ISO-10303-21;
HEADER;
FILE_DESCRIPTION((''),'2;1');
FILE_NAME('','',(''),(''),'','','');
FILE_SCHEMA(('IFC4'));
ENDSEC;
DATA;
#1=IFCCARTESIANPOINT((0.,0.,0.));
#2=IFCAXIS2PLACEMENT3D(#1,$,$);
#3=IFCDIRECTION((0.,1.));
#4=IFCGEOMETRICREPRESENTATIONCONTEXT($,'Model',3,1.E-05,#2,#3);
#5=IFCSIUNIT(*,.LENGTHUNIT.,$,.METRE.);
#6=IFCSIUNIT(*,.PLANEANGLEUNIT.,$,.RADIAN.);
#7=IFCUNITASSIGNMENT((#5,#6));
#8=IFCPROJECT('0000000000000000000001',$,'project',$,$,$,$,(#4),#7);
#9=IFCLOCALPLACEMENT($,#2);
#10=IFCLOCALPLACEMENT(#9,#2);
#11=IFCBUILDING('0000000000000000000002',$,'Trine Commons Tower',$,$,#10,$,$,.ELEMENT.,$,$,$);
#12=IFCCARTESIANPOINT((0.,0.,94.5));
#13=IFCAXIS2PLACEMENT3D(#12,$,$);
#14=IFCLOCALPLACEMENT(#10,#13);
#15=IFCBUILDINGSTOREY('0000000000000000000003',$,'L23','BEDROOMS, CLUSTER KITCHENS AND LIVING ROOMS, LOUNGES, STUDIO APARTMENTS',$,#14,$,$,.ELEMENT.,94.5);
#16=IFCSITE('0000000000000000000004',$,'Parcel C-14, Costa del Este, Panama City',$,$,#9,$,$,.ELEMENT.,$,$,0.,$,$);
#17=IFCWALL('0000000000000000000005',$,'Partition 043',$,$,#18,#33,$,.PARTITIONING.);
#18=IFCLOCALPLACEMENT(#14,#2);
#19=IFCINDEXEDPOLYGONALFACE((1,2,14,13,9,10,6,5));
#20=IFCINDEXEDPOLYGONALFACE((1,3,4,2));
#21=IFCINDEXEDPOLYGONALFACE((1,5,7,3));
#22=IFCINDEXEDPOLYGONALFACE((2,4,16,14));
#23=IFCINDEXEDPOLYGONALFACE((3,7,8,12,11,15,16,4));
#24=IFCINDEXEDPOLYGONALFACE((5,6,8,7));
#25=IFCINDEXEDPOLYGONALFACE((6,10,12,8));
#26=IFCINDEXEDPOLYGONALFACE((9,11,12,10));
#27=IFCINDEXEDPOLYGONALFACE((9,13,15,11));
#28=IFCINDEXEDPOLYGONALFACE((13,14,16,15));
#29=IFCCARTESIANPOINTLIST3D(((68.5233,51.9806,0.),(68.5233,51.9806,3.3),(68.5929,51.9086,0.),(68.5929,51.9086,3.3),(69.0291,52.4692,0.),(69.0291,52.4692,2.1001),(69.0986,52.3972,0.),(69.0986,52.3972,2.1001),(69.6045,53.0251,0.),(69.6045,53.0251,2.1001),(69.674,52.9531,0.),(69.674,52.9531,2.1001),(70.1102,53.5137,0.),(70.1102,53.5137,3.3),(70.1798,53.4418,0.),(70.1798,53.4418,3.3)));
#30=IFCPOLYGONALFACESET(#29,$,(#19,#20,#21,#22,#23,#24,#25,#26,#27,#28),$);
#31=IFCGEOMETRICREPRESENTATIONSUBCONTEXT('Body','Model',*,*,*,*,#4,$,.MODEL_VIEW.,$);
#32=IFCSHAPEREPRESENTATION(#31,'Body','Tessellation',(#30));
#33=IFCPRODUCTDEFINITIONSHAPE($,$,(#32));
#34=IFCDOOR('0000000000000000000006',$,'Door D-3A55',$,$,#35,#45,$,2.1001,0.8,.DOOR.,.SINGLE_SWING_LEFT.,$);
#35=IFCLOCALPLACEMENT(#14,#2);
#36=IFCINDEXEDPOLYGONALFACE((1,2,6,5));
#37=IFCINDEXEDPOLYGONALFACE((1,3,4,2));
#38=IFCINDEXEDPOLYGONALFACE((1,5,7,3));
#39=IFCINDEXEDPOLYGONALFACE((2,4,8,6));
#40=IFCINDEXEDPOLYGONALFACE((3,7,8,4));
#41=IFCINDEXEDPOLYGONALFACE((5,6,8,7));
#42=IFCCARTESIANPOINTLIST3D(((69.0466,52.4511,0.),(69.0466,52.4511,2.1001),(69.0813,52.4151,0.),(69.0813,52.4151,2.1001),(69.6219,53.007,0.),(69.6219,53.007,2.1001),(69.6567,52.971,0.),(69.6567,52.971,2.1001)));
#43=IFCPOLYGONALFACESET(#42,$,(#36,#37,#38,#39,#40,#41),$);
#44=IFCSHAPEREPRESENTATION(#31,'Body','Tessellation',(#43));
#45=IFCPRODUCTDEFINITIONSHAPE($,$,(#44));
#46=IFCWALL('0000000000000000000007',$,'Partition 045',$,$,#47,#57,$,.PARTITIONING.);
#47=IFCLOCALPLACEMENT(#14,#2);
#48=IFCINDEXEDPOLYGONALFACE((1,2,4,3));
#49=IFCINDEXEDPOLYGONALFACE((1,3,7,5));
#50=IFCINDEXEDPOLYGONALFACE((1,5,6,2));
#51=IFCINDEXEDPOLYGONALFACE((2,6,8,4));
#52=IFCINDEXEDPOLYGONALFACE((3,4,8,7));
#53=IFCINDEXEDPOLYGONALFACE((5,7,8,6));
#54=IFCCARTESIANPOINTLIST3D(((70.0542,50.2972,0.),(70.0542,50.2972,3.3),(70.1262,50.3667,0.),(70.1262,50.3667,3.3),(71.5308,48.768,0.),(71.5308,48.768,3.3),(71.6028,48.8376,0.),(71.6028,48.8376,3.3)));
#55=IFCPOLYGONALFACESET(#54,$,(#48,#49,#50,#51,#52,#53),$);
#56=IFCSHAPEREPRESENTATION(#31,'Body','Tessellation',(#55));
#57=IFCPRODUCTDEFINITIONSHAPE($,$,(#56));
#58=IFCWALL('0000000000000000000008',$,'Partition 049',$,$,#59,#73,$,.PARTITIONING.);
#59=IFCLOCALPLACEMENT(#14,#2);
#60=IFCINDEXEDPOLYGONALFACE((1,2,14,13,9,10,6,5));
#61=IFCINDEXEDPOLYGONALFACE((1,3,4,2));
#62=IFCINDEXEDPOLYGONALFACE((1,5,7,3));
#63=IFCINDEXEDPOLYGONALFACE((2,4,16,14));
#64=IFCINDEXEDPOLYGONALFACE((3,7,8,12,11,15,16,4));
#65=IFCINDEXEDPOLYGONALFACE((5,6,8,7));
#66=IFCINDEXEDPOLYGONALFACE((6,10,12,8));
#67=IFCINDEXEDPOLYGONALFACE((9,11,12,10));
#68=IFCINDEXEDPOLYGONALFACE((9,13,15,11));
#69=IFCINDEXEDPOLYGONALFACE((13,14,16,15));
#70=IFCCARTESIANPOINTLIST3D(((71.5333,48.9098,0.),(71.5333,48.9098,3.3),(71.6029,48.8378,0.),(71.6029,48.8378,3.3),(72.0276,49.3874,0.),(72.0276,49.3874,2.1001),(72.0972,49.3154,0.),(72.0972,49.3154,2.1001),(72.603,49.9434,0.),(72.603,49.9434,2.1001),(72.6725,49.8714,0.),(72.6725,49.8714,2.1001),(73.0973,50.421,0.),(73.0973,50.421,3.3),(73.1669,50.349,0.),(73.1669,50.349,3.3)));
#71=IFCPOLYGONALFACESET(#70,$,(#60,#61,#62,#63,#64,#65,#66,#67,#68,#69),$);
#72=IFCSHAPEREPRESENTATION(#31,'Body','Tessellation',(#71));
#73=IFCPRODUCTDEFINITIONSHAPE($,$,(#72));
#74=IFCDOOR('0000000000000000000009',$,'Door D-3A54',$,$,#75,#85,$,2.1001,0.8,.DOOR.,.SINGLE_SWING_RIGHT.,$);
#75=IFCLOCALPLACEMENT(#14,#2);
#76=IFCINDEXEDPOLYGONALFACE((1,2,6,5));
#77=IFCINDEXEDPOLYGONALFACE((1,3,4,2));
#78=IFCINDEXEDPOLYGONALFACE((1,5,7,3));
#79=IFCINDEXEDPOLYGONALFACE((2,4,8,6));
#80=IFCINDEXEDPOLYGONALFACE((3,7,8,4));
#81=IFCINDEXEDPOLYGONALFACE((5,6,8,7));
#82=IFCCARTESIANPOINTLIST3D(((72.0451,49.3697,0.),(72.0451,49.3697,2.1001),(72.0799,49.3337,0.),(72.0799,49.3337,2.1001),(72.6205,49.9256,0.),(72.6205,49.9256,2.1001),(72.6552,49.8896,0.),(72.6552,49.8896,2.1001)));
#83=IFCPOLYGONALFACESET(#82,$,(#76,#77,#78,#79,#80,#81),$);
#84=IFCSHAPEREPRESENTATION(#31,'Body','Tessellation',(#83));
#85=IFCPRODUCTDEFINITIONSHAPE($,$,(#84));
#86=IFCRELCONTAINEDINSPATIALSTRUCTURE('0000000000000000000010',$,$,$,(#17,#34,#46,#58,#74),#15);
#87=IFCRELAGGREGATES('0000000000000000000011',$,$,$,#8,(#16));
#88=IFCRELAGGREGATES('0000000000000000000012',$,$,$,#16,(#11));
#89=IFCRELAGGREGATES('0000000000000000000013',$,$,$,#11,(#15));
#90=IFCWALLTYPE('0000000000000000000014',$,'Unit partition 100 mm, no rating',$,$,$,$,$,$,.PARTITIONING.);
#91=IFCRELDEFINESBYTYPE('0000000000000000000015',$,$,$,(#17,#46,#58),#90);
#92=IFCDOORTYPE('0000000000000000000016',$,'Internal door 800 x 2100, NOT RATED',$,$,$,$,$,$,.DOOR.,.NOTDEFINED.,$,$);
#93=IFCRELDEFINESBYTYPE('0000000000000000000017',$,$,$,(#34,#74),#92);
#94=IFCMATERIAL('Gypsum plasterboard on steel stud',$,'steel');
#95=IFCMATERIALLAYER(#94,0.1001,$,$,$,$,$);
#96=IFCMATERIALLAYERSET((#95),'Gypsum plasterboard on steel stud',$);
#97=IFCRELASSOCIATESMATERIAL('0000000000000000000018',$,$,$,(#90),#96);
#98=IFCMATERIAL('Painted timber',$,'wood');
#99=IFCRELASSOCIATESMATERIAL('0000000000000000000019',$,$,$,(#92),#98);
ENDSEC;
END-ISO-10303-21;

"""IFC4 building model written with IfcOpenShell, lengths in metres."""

from ifc_helpers import new_model, si_unit, direction, frame, frame_2d, origin, place, context, subcontext, project, spatial, rectangle, extrude, material, layer, layer_set, type_object, element, fill, save


model = new_model("IFC4")

# Units and contexts
model_context = context("Model", 3, precision=1e-05, world=origin(), true_north=direction((0.0, 1.0)))
body_context = subcontext(model_context, "Body", "Model", "MODEL_VIEW")
ifc_project = project(units=[si_unit("LENGTHUNIT", "METRE"), si_unit("PLANEANGLEUNIT", "RADIAN")], contexts=[model_context])

# Site, building, storey
site_placement = place(None, origin())
site = spatial("IfcSite", under=ifc_project, at=site_placement, Name="Parcel C-14, Costa del Este, Panama City", CompositionType="ELEMENT", RefElevation=0.0)
building_placement = place(site_placement, origin())
building = spatial("IfcBuilding", under=site, at=building_placement, Name="Trine Commons Tower", CompositionType="ELEMENT")
storey_placement = place(building_placement, frame((0.0, 0.0, 94.5)))
storey = spatial("IfcBuildingStorey", under=building, at=storey_placement, Name="L23", Description="BEDROOMS, CLUSTER KITCHENS AND LIVING ROOMS, LOUNGES, STUDIO APARTMENTS", CompositionType="ELEMENT", Elevation=94.5)

# Shared definitions
ifc_material_1 = material(Name="Gypsum plasterboard on steel stud", Category="steel")

# Shared definitions
ifc_layer_1 = layer(ifc_material_1, 0.1001)
ifc_layer_set_1 = layer_set([ifc_layer_1], Name="Gypsum plasterboard on steel stud")
wall_type_1 = type_object("IfcWallType", Name="Unit partition 100 mm, no rating", PredefinedType="PARTITIONING", material=ifc_layer_set_1)

# Wall, opening, door
wall_1_placement = place(storey_placement, frame((68.5581, 51.9446, 0.0), z_axis=(0.0, 0.0, 1.0), x_axis=(0.719173, 0.694831, 0.0)))
wall_1 = element("IfcWall", 1, at=wall_1_placement, inside=storey, type_object=wall_type_1, Name="Partition 043", PredefinedType="PARTITIONING", context=body_context, shape_type="SweptSolid", body=[
    extrude(rectangle(XDim=2.2065, YDim=0.1001, at=frame_2d((1.1033, 0.0))), origin(), (0.0, 0.0, 1.0), 3.3),
])
opening_1_placement = place(wall_1_placement, frame((0.7034, 0.0, 0.0)))
opening_1 = element("IfcOpeningElement", 2, at=opening_1_placement, cuts=wall_1, PredefinedType="OPENING", context=body_context, shape_type="SweptSolid", body=[
    extrude(rectangle(XDim=0.8, YDim=2.1001, at=frame_2d((0.3999, 1.05))), frame((0.0, 0.0601, 0.0), z_axis=(0.0, -1.0, 0.0), x_axis=(1.0, 0.0, 0.0)), (0.0, 0.0, 1.0), 0.1201),
])
ifc_material_2 = material(Name="Painted timber", Category="wood")
door_type_1 = type_object("IfcDoorType", Name="Internal door 800 x 2100, NOT RATED", OperationType="NOTDEFINED", PredefinedType="DOOR", material=ifc_material_2)
door_1_placement = place(opening_1_placement, origin())
door_1 = element("IfcDoor", 3, at=door_1_placement, inside=storey, type_object=door_type_1, Name="Door D-3A55", OperationType="SINGLE_SWING_LEFT", OverallHeight=2.1001, OverallWidth=0.8, PredefinedType="DOOR", context=body_context, shape_type="SweptSolid", body=[
    extrude(rectangle(XDim=0.8, YDim=2.1001, at=frame_2d((0.3999, 1.05))), frame((0.0, 0.0249, 0.0), z_axis=(0.0, -1.0, 0.0), x_axis=(1.0, 0.0, 0.0)), (0.0, 0.0, 1.0), 0.05),
])
fill(opening_1, door_1)

# Wall
wall_2_placement = place(storey_placement, frame((70.0901, 50.332, 0.0), z_axis=(0.0, 0.0, 1.0), x_axis=(0.694652, -0.719346, 0.0)))
element("IfcWall", 4, at=wall_2_placement, inside=storey, type_object=wall_type_1, Name="Partition 045", PredefinedType="PARTITIONING", context=body_context, shape_type="SweptSolid", body=[
    extrude(rectangle(XDim=2.1257, YDim=0.1001, at=frame_2d((1.063, 0.0))), origin(), (0.0, 0.0, 1.0), 3.3),
])

# Wall, opening, door
wall_3_placement = place(storey_placement, frame((71.5681, 48.8738, 0.0), z_axis=(0.0, 0.0, 1.0), x_axis=(0.719127, 0.694879, 0.0)))
wall_3 = element("IfcWall", 5, at=wall_3_placement, inside=storey, type_object=wall_type_1, Name="Partition 049", PredefinedType="PARTITIONING", context=body_context, shape_type="SweptSolid", body=[
    extrude(rectangle(XDim=2.1748, YDim=0.1001, at=frame_2d((1.0874, 0.0))), origin(), (0.0, 0.0, 1.0), 3.3),
])
opening_2_placement = place(wall_3_placement, frame((0.6875, 0.0, 0.0)))
opening_2 = element("IfcOpeningElement", 6, at=opening_2_placement, cuts=wall_3, PredefinedType="OPENING", context=body_context, shape_type="SweptSolid", body=[
    extrude(rectangle(XDim=0.8, YDim=2.1001, at=frame_2d((0.3999, 1.05))), frame((0.0, 0.0601, 0.0), z_axis=(0.0, -1.0, 0.0), x_axis=(1.0, 0.0, 0.0)), (0.0, 0.0, 1.0), 0.1201),
])
door_2_placement = place(opening_2_placement, frame((0.8, 0.0, 0.0), z_axis=(0.0, 0.0, 1.0), x_axis=(-1.0, 0.0, 0.0)))
door_2 = element("IfcDoor", 7, at=door_2_placement, inside=storey, type_object=door_type_1, Name="Door D-3A54", OperationType="SINGLE_SWING_RIGHT", OverallHeight=2.1001, OverallWidth=0.8, PredefinedType="DOOR", context=body_context, shape_type="SweptSolid", body=[
    extrude(rectangle(XDim=0.8, YDim=2.1001, at=frame_2d((0.3999, 1.05))), frame((0.0, 0.0249, 0.0), z_axis=(0.0, -1.0, 0.0), x_axis=(1.0, 0.0, 0.0)), (0.0, 0.0, 1.0), 0.05),
])
fill(opening_2, door_2)

save(model, "model.ifc")
